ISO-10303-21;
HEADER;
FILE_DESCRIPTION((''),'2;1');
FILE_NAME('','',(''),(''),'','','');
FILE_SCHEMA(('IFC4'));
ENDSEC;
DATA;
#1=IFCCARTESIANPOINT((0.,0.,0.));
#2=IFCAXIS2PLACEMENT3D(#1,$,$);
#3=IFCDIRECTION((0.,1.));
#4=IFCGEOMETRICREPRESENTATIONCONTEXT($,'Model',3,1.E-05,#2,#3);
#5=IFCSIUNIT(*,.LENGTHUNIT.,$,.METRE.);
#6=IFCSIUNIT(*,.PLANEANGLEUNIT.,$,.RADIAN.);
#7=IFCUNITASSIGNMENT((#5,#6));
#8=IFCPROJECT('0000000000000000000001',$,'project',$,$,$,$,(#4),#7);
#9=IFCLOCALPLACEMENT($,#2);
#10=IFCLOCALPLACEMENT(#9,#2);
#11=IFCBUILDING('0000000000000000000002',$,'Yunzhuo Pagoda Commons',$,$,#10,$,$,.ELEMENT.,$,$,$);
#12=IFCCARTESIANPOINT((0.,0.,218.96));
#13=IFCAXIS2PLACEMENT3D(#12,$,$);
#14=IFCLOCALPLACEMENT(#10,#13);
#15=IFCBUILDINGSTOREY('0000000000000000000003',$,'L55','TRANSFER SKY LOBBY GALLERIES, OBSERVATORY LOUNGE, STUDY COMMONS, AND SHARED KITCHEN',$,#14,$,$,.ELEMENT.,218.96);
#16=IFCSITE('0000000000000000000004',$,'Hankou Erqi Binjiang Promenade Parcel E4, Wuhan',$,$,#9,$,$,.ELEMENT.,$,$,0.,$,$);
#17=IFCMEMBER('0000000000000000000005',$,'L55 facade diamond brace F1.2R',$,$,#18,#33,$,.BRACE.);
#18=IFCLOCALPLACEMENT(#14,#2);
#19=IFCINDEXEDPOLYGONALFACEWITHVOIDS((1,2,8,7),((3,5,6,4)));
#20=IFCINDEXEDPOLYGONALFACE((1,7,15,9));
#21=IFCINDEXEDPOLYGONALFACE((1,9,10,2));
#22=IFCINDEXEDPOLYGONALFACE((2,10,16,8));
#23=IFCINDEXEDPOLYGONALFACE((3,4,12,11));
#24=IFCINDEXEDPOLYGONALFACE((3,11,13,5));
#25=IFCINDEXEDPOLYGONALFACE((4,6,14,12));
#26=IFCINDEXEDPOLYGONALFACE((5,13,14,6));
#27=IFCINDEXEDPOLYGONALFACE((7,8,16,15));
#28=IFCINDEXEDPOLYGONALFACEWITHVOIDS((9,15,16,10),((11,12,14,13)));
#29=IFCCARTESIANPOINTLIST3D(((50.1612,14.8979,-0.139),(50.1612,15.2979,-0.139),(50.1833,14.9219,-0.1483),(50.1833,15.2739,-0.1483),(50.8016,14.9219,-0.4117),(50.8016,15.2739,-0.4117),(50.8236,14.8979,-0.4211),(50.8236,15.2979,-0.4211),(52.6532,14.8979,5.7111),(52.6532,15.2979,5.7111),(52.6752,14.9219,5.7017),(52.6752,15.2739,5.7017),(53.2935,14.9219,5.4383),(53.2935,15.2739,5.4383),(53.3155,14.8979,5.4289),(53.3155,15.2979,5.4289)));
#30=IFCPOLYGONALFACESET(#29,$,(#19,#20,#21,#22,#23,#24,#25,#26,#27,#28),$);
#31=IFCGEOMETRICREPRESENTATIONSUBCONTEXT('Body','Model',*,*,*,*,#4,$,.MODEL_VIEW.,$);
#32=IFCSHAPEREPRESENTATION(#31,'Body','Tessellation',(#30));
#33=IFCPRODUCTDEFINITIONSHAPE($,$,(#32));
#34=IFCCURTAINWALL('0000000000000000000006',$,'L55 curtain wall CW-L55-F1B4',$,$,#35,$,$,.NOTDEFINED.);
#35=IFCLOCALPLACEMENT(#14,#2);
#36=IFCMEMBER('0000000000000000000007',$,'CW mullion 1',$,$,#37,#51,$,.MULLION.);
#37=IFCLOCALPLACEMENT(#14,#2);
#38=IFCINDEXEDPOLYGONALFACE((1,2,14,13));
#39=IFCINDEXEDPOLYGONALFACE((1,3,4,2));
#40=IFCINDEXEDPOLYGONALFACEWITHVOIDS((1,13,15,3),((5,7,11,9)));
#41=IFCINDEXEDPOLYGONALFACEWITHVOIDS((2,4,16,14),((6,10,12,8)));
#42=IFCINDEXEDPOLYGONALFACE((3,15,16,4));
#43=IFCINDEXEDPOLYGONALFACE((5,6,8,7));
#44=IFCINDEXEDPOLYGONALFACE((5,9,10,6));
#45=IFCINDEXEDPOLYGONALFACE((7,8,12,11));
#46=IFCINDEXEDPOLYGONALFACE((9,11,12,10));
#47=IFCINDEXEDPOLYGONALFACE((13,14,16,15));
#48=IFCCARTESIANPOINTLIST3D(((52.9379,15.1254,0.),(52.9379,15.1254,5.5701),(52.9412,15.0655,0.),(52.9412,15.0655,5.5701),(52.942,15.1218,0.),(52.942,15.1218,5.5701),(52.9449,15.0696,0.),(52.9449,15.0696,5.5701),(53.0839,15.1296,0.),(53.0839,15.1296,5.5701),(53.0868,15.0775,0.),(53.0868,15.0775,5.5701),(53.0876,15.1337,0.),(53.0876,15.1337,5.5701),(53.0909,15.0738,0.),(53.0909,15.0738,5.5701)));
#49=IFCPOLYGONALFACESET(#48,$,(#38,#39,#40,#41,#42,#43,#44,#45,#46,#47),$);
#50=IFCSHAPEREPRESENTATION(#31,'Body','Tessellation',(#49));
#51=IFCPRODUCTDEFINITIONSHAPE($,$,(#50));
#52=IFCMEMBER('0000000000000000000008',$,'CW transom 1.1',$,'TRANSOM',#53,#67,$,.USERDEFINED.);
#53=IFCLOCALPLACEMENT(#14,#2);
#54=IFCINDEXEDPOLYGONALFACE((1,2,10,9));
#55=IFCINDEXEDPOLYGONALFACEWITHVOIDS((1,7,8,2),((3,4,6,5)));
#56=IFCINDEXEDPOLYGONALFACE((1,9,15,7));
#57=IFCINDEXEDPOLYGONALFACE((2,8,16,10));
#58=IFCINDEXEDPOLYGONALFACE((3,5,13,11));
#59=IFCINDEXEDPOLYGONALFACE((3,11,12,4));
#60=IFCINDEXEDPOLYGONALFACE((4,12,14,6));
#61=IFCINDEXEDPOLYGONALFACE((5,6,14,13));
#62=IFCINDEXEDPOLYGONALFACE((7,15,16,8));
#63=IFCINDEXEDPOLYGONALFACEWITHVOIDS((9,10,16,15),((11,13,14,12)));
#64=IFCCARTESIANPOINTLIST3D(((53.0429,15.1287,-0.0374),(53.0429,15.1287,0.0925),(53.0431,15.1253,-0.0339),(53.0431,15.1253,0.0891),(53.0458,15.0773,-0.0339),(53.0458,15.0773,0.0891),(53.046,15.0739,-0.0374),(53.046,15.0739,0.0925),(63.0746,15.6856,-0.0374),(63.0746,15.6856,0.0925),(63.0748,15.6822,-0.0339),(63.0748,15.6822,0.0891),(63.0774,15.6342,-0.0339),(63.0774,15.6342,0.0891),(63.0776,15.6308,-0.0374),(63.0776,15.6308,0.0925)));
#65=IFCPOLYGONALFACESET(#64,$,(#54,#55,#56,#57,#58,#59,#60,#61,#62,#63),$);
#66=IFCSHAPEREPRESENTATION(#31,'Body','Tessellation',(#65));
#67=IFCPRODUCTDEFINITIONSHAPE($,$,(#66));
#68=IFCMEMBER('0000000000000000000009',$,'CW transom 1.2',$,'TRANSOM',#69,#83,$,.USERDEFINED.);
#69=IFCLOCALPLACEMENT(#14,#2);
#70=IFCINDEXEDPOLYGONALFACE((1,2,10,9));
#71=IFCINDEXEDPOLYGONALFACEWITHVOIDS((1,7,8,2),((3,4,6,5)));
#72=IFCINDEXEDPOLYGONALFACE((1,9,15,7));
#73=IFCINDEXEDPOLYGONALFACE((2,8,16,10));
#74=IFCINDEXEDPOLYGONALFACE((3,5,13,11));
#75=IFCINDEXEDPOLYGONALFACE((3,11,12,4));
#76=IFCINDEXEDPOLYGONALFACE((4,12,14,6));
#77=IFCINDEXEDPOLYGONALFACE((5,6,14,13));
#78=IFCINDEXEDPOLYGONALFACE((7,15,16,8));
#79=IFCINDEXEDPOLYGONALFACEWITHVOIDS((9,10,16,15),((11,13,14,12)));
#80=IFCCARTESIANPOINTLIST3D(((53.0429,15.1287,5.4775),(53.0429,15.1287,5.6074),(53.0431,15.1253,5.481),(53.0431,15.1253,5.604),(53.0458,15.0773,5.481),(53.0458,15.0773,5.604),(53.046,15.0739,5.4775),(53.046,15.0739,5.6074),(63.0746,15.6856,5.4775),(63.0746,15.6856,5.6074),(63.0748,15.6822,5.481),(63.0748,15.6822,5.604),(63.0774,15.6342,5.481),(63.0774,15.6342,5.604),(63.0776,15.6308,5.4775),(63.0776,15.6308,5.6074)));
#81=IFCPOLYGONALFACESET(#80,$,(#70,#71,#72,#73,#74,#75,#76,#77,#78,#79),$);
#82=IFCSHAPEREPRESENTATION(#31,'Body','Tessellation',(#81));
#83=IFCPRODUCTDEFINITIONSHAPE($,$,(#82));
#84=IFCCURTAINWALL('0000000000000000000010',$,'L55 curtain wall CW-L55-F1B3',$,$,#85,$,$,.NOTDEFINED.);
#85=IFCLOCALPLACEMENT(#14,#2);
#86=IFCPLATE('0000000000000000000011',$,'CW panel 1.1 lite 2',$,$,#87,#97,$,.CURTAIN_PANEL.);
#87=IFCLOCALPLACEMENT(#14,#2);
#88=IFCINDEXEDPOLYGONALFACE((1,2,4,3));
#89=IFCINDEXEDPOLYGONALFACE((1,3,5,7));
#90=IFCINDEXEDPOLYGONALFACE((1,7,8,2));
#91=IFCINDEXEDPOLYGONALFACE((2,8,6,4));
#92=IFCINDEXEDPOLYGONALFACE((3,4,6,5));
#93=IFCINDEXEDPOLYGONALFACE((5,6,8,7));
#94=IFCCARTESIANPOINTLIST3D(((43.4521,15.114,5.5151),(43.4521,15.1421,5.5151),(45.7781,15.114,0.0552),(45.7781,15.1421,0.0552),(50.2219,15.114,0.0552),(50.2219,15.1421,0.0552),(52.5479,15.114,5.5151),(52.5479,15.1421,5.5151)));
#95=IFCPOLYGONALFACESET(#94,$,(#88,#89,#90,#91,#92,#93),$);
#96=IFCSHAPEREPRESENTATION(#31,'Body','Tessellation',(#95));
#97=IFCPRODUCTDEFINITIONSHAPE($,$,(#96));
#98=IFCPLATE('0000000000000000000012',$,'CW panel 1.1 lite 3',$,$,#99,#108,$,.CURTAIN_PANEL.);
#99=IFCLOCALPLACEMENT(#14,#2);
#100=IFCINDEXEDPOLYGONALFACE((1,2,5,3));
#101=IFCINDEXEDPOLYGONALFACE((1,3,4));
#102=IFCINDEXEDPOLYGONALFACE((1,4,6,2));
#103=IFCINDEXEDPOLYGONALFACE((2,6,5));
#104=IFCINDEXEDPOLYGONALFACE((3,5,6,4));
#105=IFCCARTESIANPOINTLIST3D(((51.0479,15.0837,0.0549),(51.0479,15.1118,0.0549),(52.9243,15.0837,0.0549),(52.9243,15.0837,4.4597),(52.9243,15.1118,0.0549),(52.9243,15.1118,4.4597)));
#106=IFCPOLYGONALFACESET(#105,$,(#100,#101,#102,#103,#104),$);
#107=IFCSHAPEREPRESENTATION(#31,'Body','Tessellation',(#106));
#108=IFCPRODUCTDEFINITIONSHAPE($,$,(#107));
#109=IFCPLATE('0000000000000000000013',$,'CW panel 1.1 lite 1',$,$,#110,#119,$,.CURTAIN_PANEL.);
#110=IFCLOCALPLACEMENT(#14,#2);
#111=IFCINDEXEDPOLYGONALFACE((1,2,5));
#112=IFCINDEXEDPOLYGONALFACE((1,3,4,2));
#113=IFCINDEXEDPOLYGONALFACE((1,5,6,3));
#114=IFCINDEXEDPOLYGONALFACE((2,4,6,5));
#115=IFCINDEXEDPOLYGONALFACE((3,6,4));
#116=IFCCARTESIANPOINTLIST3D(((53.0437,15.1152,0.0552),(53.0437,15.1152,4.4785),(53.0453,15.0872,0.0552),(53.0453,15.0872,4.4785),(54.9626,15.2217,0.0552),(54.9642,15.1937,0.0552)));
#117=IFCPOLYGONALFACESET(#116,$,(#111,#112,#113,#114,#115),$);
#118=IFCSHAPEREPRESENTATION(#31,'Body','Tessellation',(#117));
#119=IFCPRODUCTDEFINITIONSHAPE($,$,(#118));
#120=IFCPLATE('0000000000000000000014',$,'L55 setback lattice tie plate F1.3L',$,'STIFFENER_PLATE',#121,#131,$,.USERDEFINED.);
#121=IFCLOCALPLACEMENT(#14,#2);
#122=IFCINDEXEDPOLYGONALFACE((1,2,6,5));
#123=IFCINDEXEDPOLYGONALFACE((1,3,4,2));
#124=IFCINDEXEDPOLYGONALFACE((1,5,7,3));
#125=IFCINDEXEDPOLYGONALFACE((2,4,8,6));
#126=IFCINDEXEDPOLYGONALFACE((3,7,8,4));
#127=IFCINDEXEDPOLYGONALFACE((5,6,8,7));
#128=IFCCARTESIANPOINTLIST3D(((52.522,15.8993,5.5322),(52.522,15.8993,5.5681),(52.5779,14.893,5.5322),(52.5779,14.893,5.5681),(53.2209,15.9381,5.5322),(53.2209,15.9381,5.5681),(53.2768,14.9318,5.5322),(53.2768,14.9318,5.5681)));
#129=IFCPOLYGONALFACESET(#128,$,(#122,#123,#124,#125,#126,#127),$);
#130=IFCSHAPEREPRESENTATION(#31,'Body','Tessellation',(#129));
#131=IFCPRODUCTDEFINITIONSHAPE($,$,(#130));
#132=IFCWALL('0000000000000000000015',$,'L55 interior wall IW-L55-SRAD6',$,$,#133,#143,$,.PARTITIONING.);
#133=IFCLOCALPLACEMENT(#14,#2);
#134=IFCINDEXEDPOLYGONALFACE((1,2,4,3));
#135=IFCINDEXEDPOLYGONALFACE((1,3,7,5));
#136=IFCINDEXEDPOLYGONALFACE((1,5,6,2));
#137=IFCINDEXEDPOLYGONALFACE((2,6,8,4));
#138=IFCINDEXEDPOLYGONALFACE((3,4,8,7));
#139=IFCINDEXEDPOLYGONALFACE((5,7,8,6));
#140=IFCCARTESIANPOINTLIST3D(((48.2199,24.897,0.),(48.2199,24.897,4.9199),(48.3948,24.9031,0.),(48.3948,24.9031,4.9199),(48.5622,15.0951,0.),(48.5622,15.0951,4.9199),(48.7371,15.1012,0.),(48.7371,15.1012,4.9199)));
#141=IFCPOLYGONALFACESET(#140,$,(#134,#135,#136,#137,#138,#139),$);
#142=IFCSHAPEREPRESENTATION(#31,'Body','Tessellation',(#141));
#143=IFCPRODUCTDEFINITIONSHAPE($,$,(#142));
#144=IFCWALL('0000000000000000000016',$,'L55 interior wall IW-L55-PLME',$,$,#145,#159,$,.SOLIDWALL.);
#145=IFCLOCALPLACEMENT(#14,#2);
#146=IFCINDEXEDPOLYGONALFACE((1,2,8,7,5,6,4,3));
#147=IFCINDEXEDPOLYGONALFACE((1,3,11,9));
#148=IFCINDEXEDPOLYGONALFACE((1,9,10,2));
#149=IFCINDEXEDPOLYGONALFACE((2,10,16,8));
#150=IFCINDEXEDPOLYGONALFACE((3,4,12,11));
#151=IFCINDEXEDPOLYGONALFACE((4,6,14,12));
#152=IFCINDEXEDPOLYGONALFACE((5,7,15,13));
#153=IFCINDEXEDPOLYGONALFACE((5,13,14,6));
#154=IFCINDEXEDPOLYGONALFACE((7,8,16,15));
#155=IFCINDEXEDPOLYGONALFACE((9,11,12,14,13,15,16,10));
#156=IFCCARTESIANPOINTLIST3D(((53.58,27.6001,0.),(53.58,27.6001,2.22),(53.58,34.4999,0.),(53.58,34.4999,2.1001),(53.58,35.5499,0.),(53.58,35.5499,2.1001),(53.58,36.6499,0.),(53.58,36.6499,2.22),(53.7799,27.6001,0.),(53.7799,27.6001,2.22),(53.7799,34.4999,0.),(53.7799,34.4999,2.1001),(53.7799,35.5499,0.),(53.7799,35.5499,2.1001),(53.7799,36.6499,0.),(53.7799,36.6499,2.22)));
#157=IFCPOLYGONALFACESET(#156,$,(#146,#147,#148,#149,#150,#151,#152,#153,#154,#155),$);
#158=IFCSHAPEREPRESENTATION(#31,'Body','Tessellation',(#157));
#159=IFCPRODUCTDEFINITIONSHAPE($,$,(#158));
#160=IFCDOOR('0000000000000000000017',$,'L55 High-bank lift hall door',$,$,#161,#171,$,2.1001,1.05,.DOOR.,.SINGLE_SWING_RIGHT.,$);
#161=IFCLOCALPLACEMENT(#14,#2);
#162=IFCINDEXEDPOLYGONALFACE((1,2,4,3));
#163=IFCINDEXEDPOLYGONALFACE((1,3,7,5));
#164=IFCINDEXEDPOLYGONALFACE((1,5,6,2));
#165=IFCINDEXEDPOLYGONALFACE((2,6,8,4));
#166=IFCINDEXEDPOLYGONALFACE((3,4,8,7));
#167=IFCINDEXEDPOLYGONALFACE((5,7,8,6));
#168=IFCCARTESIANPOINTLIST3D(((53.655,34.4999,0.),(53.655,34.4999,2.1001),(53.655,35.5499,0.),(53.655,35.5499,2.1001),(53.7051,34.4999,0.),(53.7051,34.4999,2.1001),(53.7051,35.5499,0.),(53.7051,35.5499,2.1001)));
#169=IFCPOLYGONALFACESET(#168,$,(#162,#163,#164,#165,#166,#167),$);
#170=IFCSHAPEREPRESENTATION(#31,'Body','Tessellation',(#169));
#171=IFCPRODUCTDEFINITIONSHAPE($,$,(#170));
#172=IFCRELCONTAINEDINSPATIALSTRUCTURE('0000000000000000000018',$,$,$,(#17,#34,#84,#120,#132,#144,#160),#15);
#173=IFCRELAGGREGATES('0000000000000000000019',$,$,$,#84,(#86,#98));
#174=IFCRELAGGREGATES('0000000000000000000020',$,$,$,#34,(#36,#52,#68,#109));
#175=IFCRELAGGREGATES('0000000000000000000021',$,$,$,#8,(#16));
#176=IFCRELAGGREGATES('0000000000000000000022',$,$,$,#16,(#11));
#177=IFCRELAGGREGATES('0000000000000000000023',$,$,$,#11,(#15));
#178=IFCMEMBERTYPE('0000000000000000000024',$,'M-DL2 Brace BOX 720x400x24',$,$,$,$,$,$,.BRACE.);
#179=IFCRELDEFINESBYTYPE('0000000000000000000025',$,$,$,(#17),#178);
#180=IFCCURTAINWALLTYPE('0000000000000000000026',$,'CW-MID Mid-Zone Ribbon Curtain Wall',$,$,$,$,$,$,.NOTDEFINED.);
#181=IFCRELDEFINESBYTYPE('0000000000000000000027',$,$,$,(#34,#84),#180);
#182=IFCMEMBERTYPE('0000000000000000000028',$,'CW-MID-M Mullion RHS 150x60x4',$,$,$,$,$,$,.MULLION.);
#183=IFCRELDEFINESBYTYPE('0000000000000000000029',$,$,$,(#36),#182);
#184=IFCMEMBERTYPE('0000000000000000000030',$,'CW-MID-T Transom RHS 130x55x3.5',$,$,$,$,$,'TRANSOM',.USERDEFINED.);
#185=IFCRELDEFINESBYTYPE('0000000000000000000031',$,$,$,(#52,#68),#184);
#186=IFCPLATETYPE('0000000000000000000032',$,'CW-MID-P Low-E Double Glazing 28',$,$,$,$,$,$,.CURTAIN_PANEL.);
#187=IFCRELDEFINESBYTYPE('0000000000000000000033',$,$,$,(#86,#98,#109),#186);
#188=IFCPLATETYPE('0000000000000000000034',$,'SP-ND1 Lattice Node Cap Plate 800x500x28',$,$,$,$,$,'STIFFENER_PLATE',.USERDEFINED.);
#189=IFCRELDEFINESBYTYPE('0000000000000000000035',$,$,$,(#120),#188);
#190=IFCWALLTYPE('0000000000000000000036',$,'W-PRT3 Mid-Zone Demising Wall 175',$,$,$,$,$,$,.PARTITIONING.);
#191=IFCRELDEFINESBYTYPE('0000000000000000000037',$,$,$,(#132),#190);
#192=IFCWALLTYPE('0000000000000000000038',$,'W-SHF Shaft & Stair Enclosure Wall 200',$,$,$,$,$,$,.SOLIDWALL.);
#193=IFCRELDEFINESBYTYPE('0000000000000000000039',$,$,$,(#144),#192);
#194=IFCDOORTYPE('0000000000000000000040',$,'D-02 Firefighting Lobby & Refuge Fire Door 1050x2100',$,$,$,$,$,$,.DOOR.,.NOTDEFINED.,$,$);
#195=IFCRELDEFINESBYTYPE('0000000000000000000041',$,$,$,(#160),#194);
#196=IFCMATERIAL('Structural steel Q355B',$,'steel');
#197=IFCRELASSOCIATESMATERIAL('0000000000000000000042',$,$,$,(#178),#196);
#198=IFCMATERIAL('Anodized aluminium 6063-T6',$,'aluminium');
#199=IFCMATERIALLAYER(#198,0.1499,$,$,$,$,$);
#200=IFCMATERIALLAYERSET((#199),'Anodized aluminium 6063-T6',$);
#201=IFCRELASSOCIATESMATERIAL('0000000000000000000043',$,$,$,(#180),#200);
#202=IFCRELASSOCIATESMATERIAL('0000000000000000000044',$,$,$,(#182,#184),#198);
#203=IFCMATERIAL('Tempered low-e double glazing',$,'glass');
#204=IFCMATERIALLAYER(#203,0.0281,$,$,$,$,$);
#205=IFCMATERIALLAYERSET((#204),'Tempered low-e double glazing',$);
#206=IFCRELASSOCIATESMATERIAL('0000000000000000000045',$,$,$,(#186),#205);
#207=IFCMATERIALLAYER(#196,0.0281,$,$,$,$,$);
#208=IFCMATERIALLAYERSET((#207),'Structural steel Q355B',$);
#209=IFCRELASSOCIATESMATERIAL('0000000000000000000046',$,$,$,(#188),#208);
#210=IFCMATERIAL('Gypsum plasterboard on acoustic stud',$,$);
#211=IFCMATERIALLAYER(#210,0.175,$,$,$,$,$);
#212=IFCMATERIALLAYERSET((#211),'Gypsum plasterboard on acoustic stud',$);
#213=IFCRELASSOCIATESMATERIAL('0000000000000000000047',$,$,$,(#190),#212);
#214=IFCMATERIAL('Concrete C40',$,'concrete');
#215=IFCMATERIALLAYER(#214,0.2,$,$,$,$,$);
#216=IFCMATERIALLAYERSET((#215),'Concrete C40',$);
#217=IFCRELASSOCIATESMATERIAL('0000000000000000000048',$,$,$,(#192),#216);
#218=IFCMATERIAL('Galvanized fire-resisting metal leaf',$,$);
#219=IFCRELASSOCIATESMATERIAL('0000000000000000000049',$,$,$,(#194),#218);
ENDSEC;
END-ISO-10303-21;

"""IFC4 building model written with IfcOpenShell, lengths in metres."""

from ifc_helpers import new_model, si_unit, direction, frame, frame_2d, origin, origin_with_axes, origin_2d, place, context, subcontext, project, spatial, polyline, rectangle, hollow_rectangle, outline, extrude, source, transform, mapped, material, layer, layer_set, material_profile, profile_set, type_object, element, fill, aggregate, save


model = new_model("IFC4")

# Units and contexts
model_context = context("Model", 3, precision=1e-05, world=origin(), true_north=direction((0.0, 1.0)))
body_context = subcontext(model_context, "Body", "Model", "MODEL_VIEW")
ifc_project = project(units=[si_unit("LENGTHUNIT", "METRE"), si_unit("PLANEANGLEUNIT", "RADIAN")], contexts=[model_context])

# Site, building, storey
site_placement = place(None, origin())
site = spatial("IfcSite", under=ifc_project, at=site_placement, Name="Hankou Erqi Binjiang Promenade Parcel E4, Wuhan", CompositionType="ELEMENT", RefElevation=0.0)
building_placement = place(site_placement, origin())
building = spatial("IfcBuilding", under=site, at=building_placement, Name="Yunzhuo Pagoda Commons", CompositionType="ELEMENT")
storey_placement = place(building_placement, frame((0.0, 0.0, 218.96)))
storey = spatial("IfcBuildingStorey", under=building, at=storey_placement, Name="L55", Description="TRANSFER SKY LOBBY GALLERIES, OBSERVATORY LOUNGE, STUDY COMMONS, AND SHARED KITCHEN", CompositionType="ELEMENT", Elevation=218.96)

# Shared definitions
ifc_material_1 = material(Name="Structural steel Q355B", Category="steel")

# Member
ifc_material_profile_1 = material_profile(ifc_material_1, hollow_rectangle(XDim=0.3999, YDim=0.72, WallThickness=0.0239, at=origin_2d()), Name="Structural steel Q355B")
ifc_profile_set_1 = profile_set([ifc_material_profile_1], Name="Structural steel Q355B")
member_type_1 = type_object("IfcMemberType", Name="M-DL2 Brace BOX 720x400x24", PredefinedType="BRACE", material=ifc_profile_set_1)
shared_shape_1 = source(origin(), body_context, "Body", "SweptSolid", [
    extrude(hollow_rectangle(XDim=0.3999, YDim=0.72, WallThickness=0.0239, at=origin_2d()), origin(), (0.0, 0.0, 1.0), 6.3586),
])
member_1_placement = place(storey_placement, frame((50.4924, 15.0979, -0.28), z_axis=(0.391893, 0.0, 0.920011), x_axis=(0.0, 1.0, 0.0)))
element("IfcMember", 1, at=member_1_placement, inside=storey, type_object=member_type_1, Name="L55 facade diamond brace F1.2R", PredefinedType="BRACE", context=body_context, shape_type="MappedRepresentation", body=[
    mapped(shared_shape_1, transform((0.0, 0.0, 0.0), scale=1.0)),
])

# Curtain wall, members
ifc_material_2 = material(Name="Anodized aluminium 6063-T6", Category="aluminium")
ifc_layer_1 = layer(ifc_material_2, 0.1499)
ifc_layer_set_1 = layer_set([ifc_layer_1], Name="Anodized aluminium 6063-T6")
curtain_wall_type = type_object("IfcCurtainWallType", Name="CW-MID Mid-Zone Ribbon Curtain Wall", PredefinedType="NOTDEFINED", material=ifc_layer_set_1)
curtain_wall_1_placement = place(storey_placement, origin())
curtain_wall_1 = element("IfcCurtainWall", 2, at=curtain_wall_1_placement, inside=storey, type_object=curtain_wall_type, Name="L55 curtain wall CW-L55-F1B4", PredefinedType="NOTDEFINED")
ifc_material_profile_2 = material_profile(ifc_material_2, hollow_rectangle(XDim=0.0601, YDim=0.1499, WallThickness=0.0039, at=origin_2d()), Name="Anodized aluminium 6063-T6")
ifc_profile_set_2 = profile_set([ifc_material_profile_2], Name="Anodized aluminium 6063-T6")
member_type_2 = type_object("IfcMemberType", Name="CW-MID-M Mullion RHS 150x60x4", PredefinedType="MULLION", material=ifc_profile_set_2)
shared_shape_2 = source(origin(), body_context, "Body", "SweptSolid", [
    extrude(hollow_rectangle(XDim=0.0601, YDim=0.1499, WallThickness=0.0039, at=origin_2d()), origin(), (0.0, 0.0, 1.0), 5.5701),
])
member_2_placement = place(storey_placement, frame((53.0144, 15.0996, 0.0), z_axis=(0.0, 0.0, 1.0), x_axis=(-0.055423, 0.998463, 0.0)))
member_2 = element("IfcMember", 3, at=member_2_placement, type_object=member_type_2, Name="CW mullion 1", PredefinedType="MULLION", context=body_context, shape_type="MappedRepresentation", body=[
    mapped(shared_shape_2, transform((0.0, 0.0, 0.0), scale=1.0)),
])
ifc_material_profile_3 = material_profile(ifc_material_2, hollow_rectangle(XDim=0.0549, YDim=0.1299, WallThickness=0.0034, at=origin_2d()), Name="Anodized aluminium 6063-T6")
ifc_profile_set_3 = profile_set([ifc_material_profile_3], Name="Anodized aluminium 6063-T6")
member_type_3 = type_object("IfcMemberType", Name="CW-MID-T Transom RHS 130x55x3.5", ElementType="TRANSOM", PredefinedType="USERDEFINED", material=ifc_profile_set_3)
shared_shape_3 = source(origin(), body_context, "Body", "SweptSolid", [
    extrude(hollow_rectangle(XDim=0.0549, YDim=0.1299, WallThickness=0.0034, at=origin_2d()), origin(), (0.0, 0.0, 1.0), 10.0471),
])
member_3_placement = place(storey_placement, frame((53.0444, 15.1013, 0.0276), z_axis=(0.998463, 0.055427, 0.0), x_axis=(-0.055427, 0.998463, 0.0)))
member_3 = element("IfcMember", 4, at=member_3_placement, type_object=member_type_3, Name="CW transom 1.1", ObjectType="TRANSOM", PredefinedType="USERDEFINED", context=body_context, shape_type="MappedRepresentation", body=[
    mapped(shared_shape_3, transform((0.0, 0.0, 0.0), scale=1.0)),
])
member_4_placement = place(storey_placement, frame((53.0444, 15.1013, 5.5425), z_axis=(0.998463, 0.055427, 0.0), x_axis=(-0.055427, 0.998463, 0.0)))
member_4 = element("IfcMember", 5, at=member_4_placement, type_object=member_type_3, Name="CW transom 1.2", ObjectType="TRANSOM", PredefinedType="USERDEFINED", context=body_context, shape_type="MappedRepresentation", body=[
    mapped(shared_shape_3, transform((0.0, 0.0, 0.0), scale=1.0)),
])

# Curtain wall, plates
curtain_wall_2_placement = place(storey_placement, origin())
curtain_wall_2 = element("IfcCurtainWall", 6, at=curtain_wall_2_placement, inside=storey, type_object=curtain_wall_type, Name="L55 curtain wall CW-L55-F1B3", PredefinedType="NOTDEFINED")
ifc_material_3 = material(Name="Tempered low-e double glazing", Category="glass")
ifc_layer_2 = layer(ifc_material_3, 0.0281)
ifc_layer_set_2 = layer_set([ifc_layer_2], Name="Tempered low-e double glazing")
plate_type_1 = type_object("IfcPlateType", Name="CW-MID-P Low-E Double Glazing 28", PredefinedType="CURTAIN_PANEL", material=ifc_layer_set_2)
plate_1_placement = place(storey_placement, frame((48.0, 15.1421, 2.7852), z_axis=(0.0, -1.0, 0.0), x_axis=(1.0, 0.0, 0.0)))
plate_1 = element("IfcPlate", 7, at=plate_1_placement, type_object=plate_type_1, Name="CW panel 1.1 lite 2", PredefinedType="CURTAIN_PANEL", context=body_context, shape_type="SweptSolid", body=[
    extrude(outline(polyline([(-4.5479, 2.73), (-2.2219, -2.73), (2.2219, -2.73), (4.5479, 2.73), (-4.5479, 2.73)])), origin(), (0.0, 0.0, 1.0), 0.0281),
])
plate_2_placement = place(storey_placement, frame((51.9861, 15.1118, 2.2573), z_axis=(0.0, -1.0, 0.0), x_axis=(1.0, 0.0, 0.0)))
plate_2 = element("IfcPlate", 8, at=plate_2_placement, type_object=plate_type_1, Name="CW panel 1.1 lite 3", PredefinedType="CURTAIN_PANEL", context=body_context, shape_type="SweptSolid", body=[
    extrude(outline(polyline([(-0.9382, -2.2024), (0.9382, -2.2024), (0.9382, 2.2024), (-0.9382, -2.2024)])), origin(), (0.0, 0.0, 1.0), 0.0281),
])
aggregate(curtain_wall_2, [plate_1, plate_2])

# Plates
plate_3_placement = place(storey_placement, frame((54.0032, 15.1685, 2.2668), z_axis=(0.055423, -0.998463, 0.0), x_axis=(0.998463, 0.055423, 0.0)))
plate_3 = element("IfcPlate", 9, at=plate_3_placement, type_object=plate_type_1, Name="CW panel 1.1 lite 1", PredefinedType="CURTAIN_PANEL", context=body_context, shape_type="SweptSolid", body=[
    extrude(outline(polyline([(-0.9609, -2.2117), (0.9609, -2.2117), (-0.9609, 2.2117), (-0.9609, -2.2117)])), origin(), (0.0, 0.0, 1.0), 0.0281),
])
aggregate(curtain_wall_1, [member_2, member_3, member_4, plate_3])
ifc_layer_3 = layer(ifc_material_1, 0.0281)
ifc_layer_set_3 = layer_set([ifc_layer_3], Name="Structural steel Q355B")
plate_type_2 = type_object("IfcPlateType", Name="SP-ND1 Lattice Node Cap Plate 800x500x28", ElementType="STIFFENER_PLATE", PredefinedType="USERDEFINED", material=ifc_layer_set_3)
shared_shape_4 = source(origin(), body_context, "Body", "SweptSolid", [
    extrude(rectangle(XDim=0.7, YDim=1.0078, at=origin_2d()), origin(), (0.0, 0.0, 1.0), 0.0359),
])
plate_4_placement = place(storey_placement, frame((52.8994, 15.4155, 5.5322), z_axis=(0.0, 0.0, 1.0), x_axis=(0.998463, 0.055421, 0.0)))
element("IfcPlate", 10, at=plate_4_placement, inside=storey, type_object=plate_type_2, Name="L55 setback lattice tie plate F1.3L", ObjectType="STIFFENER_PLATE", PredefinedType="USERDEFINED", context=body_context, shape_type="MappedRepresentation", body=[
    mapped(shared_shape_4, transform((0.0, 0.0, 0.0), scale=1.0)),
])

# Wall
ifc_material_4 = material(Name="Gypsum plasterboard on acoustic stud")
ifc_layer_4 = layer(ifc_material_4, 0.175)
ifc_layer_set_4 = layer_set([ifc_layer_4], Name="Gypsum plasterboard on acoustic stud")
wall_type_1 = type_object("IfcWallType", Name="W-PRT3 Mid-Zone Demising Wall 175", PredefinedType="PARTITIONING", material=ifc_layer_set_4)
wall_1_placement = place(storey_placement, frame((48.3074, 24.8999, 0.0), z_axis=(0.0, 0.0, 1.0), x_axis=(0.034899, -0.999391, 0.0)))
element("IfcWall", 11, at=wall_1_placement, inside=storey, type_object=wall_type_1, Name="L55 interior wall IW-L55-SRAD6", PredefinedType="PARTITIONING", context=body_context, shape_type="SweptSolid", body=[
    extrude(rectangle(XDim=9.8079, YDim=0.175, at=frame_2d((4.9038, 0.0))), origin(), (0.0, 0.0, 1.0), 4.9199),
])

# Wall, opening, door
ifc_material_5 = material(Name="Concrete C40", Category="concrete")
ifc_layer_5 = layer(ifc_material_5, 0.2)
ifc_layer_set_5 = layer_set([ifc_layer_5], Name="Concrete C40")
wall_type_2 = type_object("IfcWallType", Name="W-SHF Shaft & Stair Enclosure Wall 200", PredefinedType="SOLIDWALL", material=ifc_layer_set_5)
wall_2_placement = place(storey_placement, frame((53.6799, 27.6001, 0.0), z_axis=(0.0, 0.0, 1.0), x_axis=(0.0, 1.0, 0.0)))
wall_2 = element("IfcWall", 12, at=wall_2_placement, inside=storey, type_object=wall_type_2, Name="L55 interior wall IW-L55-PLME", PredefinedType="SOLIDWALL", context=body_context, shape_type="SweptSolid", body=[
    extrude(rectangle(XDim=9.0498, YDim=0.2, at=frame_2d((4.5249, 0.0))), origin(), (0.0, 0.0, 1.0), 2.22),
])
opening_placement = place(wall_2_placement, frame((6.8999, 0.0, 0.0)))
opening = element("IfcOpeningElement", 13, at=opening_placement, cuts=wall_2, PredefinedType="OPENING", context=body_context, shape_type="SweptSolid", body=[
    extrude(rectangle(XDim=1.05, YDim=2.1001, at=frame_2d((0.5249, 1.05))), frame((0.0, 0.1099, 0.0), z_axis=(0.0, -1.0, 0.0), x_axis=(1.0, 0.0, 0.0)), (0.0, 0.0, 1.0), 0.22),
])
ifc_material_6 = material(Name="Galvanized fire-resisting metal leaf")
door_type = type_object("IfcDoorType", Name="D-02 Firefighting Lobby & Refuge Fire Door 1050x2100", OperationType="NOTDEFINED", PredefinedType="DOOR", material=ifc_material_6)
shared_shape_5 = source(origin(), body_context, "Body", "SweptSolid", [
    extrude(rectangle(XDim=1.05, YDim=2.1001, at=frame_2d((0.5249, 1.05))), frame((0.0, 0.0249, 0.0), z_axis=(0.0, -1.0, 0.0), x_axis=(1.0, 0.0, 0.0)), (0.0, 0.0, 1.0), 0.05),
])
door_placement = place(opening_placement, origin_with_axes())
door = element("IfcDoor", 14, at=door_placement, inside=storey, type_object=door_type, Name="L55 High-bank lift hall door", OperationType="SINGLE_SWING_RIGHT", OverallHeight=2.1001, OverallWidth=1.05, PredefinedType="DOOR", context=body_context, shape_type="MappedRepresentation", body=[
    mapped(shared_shape_5, transform((0.0, 0.0, 0.0), scale=1.0)),
])
fill(opening, door)

save(model, "model.ifc")
